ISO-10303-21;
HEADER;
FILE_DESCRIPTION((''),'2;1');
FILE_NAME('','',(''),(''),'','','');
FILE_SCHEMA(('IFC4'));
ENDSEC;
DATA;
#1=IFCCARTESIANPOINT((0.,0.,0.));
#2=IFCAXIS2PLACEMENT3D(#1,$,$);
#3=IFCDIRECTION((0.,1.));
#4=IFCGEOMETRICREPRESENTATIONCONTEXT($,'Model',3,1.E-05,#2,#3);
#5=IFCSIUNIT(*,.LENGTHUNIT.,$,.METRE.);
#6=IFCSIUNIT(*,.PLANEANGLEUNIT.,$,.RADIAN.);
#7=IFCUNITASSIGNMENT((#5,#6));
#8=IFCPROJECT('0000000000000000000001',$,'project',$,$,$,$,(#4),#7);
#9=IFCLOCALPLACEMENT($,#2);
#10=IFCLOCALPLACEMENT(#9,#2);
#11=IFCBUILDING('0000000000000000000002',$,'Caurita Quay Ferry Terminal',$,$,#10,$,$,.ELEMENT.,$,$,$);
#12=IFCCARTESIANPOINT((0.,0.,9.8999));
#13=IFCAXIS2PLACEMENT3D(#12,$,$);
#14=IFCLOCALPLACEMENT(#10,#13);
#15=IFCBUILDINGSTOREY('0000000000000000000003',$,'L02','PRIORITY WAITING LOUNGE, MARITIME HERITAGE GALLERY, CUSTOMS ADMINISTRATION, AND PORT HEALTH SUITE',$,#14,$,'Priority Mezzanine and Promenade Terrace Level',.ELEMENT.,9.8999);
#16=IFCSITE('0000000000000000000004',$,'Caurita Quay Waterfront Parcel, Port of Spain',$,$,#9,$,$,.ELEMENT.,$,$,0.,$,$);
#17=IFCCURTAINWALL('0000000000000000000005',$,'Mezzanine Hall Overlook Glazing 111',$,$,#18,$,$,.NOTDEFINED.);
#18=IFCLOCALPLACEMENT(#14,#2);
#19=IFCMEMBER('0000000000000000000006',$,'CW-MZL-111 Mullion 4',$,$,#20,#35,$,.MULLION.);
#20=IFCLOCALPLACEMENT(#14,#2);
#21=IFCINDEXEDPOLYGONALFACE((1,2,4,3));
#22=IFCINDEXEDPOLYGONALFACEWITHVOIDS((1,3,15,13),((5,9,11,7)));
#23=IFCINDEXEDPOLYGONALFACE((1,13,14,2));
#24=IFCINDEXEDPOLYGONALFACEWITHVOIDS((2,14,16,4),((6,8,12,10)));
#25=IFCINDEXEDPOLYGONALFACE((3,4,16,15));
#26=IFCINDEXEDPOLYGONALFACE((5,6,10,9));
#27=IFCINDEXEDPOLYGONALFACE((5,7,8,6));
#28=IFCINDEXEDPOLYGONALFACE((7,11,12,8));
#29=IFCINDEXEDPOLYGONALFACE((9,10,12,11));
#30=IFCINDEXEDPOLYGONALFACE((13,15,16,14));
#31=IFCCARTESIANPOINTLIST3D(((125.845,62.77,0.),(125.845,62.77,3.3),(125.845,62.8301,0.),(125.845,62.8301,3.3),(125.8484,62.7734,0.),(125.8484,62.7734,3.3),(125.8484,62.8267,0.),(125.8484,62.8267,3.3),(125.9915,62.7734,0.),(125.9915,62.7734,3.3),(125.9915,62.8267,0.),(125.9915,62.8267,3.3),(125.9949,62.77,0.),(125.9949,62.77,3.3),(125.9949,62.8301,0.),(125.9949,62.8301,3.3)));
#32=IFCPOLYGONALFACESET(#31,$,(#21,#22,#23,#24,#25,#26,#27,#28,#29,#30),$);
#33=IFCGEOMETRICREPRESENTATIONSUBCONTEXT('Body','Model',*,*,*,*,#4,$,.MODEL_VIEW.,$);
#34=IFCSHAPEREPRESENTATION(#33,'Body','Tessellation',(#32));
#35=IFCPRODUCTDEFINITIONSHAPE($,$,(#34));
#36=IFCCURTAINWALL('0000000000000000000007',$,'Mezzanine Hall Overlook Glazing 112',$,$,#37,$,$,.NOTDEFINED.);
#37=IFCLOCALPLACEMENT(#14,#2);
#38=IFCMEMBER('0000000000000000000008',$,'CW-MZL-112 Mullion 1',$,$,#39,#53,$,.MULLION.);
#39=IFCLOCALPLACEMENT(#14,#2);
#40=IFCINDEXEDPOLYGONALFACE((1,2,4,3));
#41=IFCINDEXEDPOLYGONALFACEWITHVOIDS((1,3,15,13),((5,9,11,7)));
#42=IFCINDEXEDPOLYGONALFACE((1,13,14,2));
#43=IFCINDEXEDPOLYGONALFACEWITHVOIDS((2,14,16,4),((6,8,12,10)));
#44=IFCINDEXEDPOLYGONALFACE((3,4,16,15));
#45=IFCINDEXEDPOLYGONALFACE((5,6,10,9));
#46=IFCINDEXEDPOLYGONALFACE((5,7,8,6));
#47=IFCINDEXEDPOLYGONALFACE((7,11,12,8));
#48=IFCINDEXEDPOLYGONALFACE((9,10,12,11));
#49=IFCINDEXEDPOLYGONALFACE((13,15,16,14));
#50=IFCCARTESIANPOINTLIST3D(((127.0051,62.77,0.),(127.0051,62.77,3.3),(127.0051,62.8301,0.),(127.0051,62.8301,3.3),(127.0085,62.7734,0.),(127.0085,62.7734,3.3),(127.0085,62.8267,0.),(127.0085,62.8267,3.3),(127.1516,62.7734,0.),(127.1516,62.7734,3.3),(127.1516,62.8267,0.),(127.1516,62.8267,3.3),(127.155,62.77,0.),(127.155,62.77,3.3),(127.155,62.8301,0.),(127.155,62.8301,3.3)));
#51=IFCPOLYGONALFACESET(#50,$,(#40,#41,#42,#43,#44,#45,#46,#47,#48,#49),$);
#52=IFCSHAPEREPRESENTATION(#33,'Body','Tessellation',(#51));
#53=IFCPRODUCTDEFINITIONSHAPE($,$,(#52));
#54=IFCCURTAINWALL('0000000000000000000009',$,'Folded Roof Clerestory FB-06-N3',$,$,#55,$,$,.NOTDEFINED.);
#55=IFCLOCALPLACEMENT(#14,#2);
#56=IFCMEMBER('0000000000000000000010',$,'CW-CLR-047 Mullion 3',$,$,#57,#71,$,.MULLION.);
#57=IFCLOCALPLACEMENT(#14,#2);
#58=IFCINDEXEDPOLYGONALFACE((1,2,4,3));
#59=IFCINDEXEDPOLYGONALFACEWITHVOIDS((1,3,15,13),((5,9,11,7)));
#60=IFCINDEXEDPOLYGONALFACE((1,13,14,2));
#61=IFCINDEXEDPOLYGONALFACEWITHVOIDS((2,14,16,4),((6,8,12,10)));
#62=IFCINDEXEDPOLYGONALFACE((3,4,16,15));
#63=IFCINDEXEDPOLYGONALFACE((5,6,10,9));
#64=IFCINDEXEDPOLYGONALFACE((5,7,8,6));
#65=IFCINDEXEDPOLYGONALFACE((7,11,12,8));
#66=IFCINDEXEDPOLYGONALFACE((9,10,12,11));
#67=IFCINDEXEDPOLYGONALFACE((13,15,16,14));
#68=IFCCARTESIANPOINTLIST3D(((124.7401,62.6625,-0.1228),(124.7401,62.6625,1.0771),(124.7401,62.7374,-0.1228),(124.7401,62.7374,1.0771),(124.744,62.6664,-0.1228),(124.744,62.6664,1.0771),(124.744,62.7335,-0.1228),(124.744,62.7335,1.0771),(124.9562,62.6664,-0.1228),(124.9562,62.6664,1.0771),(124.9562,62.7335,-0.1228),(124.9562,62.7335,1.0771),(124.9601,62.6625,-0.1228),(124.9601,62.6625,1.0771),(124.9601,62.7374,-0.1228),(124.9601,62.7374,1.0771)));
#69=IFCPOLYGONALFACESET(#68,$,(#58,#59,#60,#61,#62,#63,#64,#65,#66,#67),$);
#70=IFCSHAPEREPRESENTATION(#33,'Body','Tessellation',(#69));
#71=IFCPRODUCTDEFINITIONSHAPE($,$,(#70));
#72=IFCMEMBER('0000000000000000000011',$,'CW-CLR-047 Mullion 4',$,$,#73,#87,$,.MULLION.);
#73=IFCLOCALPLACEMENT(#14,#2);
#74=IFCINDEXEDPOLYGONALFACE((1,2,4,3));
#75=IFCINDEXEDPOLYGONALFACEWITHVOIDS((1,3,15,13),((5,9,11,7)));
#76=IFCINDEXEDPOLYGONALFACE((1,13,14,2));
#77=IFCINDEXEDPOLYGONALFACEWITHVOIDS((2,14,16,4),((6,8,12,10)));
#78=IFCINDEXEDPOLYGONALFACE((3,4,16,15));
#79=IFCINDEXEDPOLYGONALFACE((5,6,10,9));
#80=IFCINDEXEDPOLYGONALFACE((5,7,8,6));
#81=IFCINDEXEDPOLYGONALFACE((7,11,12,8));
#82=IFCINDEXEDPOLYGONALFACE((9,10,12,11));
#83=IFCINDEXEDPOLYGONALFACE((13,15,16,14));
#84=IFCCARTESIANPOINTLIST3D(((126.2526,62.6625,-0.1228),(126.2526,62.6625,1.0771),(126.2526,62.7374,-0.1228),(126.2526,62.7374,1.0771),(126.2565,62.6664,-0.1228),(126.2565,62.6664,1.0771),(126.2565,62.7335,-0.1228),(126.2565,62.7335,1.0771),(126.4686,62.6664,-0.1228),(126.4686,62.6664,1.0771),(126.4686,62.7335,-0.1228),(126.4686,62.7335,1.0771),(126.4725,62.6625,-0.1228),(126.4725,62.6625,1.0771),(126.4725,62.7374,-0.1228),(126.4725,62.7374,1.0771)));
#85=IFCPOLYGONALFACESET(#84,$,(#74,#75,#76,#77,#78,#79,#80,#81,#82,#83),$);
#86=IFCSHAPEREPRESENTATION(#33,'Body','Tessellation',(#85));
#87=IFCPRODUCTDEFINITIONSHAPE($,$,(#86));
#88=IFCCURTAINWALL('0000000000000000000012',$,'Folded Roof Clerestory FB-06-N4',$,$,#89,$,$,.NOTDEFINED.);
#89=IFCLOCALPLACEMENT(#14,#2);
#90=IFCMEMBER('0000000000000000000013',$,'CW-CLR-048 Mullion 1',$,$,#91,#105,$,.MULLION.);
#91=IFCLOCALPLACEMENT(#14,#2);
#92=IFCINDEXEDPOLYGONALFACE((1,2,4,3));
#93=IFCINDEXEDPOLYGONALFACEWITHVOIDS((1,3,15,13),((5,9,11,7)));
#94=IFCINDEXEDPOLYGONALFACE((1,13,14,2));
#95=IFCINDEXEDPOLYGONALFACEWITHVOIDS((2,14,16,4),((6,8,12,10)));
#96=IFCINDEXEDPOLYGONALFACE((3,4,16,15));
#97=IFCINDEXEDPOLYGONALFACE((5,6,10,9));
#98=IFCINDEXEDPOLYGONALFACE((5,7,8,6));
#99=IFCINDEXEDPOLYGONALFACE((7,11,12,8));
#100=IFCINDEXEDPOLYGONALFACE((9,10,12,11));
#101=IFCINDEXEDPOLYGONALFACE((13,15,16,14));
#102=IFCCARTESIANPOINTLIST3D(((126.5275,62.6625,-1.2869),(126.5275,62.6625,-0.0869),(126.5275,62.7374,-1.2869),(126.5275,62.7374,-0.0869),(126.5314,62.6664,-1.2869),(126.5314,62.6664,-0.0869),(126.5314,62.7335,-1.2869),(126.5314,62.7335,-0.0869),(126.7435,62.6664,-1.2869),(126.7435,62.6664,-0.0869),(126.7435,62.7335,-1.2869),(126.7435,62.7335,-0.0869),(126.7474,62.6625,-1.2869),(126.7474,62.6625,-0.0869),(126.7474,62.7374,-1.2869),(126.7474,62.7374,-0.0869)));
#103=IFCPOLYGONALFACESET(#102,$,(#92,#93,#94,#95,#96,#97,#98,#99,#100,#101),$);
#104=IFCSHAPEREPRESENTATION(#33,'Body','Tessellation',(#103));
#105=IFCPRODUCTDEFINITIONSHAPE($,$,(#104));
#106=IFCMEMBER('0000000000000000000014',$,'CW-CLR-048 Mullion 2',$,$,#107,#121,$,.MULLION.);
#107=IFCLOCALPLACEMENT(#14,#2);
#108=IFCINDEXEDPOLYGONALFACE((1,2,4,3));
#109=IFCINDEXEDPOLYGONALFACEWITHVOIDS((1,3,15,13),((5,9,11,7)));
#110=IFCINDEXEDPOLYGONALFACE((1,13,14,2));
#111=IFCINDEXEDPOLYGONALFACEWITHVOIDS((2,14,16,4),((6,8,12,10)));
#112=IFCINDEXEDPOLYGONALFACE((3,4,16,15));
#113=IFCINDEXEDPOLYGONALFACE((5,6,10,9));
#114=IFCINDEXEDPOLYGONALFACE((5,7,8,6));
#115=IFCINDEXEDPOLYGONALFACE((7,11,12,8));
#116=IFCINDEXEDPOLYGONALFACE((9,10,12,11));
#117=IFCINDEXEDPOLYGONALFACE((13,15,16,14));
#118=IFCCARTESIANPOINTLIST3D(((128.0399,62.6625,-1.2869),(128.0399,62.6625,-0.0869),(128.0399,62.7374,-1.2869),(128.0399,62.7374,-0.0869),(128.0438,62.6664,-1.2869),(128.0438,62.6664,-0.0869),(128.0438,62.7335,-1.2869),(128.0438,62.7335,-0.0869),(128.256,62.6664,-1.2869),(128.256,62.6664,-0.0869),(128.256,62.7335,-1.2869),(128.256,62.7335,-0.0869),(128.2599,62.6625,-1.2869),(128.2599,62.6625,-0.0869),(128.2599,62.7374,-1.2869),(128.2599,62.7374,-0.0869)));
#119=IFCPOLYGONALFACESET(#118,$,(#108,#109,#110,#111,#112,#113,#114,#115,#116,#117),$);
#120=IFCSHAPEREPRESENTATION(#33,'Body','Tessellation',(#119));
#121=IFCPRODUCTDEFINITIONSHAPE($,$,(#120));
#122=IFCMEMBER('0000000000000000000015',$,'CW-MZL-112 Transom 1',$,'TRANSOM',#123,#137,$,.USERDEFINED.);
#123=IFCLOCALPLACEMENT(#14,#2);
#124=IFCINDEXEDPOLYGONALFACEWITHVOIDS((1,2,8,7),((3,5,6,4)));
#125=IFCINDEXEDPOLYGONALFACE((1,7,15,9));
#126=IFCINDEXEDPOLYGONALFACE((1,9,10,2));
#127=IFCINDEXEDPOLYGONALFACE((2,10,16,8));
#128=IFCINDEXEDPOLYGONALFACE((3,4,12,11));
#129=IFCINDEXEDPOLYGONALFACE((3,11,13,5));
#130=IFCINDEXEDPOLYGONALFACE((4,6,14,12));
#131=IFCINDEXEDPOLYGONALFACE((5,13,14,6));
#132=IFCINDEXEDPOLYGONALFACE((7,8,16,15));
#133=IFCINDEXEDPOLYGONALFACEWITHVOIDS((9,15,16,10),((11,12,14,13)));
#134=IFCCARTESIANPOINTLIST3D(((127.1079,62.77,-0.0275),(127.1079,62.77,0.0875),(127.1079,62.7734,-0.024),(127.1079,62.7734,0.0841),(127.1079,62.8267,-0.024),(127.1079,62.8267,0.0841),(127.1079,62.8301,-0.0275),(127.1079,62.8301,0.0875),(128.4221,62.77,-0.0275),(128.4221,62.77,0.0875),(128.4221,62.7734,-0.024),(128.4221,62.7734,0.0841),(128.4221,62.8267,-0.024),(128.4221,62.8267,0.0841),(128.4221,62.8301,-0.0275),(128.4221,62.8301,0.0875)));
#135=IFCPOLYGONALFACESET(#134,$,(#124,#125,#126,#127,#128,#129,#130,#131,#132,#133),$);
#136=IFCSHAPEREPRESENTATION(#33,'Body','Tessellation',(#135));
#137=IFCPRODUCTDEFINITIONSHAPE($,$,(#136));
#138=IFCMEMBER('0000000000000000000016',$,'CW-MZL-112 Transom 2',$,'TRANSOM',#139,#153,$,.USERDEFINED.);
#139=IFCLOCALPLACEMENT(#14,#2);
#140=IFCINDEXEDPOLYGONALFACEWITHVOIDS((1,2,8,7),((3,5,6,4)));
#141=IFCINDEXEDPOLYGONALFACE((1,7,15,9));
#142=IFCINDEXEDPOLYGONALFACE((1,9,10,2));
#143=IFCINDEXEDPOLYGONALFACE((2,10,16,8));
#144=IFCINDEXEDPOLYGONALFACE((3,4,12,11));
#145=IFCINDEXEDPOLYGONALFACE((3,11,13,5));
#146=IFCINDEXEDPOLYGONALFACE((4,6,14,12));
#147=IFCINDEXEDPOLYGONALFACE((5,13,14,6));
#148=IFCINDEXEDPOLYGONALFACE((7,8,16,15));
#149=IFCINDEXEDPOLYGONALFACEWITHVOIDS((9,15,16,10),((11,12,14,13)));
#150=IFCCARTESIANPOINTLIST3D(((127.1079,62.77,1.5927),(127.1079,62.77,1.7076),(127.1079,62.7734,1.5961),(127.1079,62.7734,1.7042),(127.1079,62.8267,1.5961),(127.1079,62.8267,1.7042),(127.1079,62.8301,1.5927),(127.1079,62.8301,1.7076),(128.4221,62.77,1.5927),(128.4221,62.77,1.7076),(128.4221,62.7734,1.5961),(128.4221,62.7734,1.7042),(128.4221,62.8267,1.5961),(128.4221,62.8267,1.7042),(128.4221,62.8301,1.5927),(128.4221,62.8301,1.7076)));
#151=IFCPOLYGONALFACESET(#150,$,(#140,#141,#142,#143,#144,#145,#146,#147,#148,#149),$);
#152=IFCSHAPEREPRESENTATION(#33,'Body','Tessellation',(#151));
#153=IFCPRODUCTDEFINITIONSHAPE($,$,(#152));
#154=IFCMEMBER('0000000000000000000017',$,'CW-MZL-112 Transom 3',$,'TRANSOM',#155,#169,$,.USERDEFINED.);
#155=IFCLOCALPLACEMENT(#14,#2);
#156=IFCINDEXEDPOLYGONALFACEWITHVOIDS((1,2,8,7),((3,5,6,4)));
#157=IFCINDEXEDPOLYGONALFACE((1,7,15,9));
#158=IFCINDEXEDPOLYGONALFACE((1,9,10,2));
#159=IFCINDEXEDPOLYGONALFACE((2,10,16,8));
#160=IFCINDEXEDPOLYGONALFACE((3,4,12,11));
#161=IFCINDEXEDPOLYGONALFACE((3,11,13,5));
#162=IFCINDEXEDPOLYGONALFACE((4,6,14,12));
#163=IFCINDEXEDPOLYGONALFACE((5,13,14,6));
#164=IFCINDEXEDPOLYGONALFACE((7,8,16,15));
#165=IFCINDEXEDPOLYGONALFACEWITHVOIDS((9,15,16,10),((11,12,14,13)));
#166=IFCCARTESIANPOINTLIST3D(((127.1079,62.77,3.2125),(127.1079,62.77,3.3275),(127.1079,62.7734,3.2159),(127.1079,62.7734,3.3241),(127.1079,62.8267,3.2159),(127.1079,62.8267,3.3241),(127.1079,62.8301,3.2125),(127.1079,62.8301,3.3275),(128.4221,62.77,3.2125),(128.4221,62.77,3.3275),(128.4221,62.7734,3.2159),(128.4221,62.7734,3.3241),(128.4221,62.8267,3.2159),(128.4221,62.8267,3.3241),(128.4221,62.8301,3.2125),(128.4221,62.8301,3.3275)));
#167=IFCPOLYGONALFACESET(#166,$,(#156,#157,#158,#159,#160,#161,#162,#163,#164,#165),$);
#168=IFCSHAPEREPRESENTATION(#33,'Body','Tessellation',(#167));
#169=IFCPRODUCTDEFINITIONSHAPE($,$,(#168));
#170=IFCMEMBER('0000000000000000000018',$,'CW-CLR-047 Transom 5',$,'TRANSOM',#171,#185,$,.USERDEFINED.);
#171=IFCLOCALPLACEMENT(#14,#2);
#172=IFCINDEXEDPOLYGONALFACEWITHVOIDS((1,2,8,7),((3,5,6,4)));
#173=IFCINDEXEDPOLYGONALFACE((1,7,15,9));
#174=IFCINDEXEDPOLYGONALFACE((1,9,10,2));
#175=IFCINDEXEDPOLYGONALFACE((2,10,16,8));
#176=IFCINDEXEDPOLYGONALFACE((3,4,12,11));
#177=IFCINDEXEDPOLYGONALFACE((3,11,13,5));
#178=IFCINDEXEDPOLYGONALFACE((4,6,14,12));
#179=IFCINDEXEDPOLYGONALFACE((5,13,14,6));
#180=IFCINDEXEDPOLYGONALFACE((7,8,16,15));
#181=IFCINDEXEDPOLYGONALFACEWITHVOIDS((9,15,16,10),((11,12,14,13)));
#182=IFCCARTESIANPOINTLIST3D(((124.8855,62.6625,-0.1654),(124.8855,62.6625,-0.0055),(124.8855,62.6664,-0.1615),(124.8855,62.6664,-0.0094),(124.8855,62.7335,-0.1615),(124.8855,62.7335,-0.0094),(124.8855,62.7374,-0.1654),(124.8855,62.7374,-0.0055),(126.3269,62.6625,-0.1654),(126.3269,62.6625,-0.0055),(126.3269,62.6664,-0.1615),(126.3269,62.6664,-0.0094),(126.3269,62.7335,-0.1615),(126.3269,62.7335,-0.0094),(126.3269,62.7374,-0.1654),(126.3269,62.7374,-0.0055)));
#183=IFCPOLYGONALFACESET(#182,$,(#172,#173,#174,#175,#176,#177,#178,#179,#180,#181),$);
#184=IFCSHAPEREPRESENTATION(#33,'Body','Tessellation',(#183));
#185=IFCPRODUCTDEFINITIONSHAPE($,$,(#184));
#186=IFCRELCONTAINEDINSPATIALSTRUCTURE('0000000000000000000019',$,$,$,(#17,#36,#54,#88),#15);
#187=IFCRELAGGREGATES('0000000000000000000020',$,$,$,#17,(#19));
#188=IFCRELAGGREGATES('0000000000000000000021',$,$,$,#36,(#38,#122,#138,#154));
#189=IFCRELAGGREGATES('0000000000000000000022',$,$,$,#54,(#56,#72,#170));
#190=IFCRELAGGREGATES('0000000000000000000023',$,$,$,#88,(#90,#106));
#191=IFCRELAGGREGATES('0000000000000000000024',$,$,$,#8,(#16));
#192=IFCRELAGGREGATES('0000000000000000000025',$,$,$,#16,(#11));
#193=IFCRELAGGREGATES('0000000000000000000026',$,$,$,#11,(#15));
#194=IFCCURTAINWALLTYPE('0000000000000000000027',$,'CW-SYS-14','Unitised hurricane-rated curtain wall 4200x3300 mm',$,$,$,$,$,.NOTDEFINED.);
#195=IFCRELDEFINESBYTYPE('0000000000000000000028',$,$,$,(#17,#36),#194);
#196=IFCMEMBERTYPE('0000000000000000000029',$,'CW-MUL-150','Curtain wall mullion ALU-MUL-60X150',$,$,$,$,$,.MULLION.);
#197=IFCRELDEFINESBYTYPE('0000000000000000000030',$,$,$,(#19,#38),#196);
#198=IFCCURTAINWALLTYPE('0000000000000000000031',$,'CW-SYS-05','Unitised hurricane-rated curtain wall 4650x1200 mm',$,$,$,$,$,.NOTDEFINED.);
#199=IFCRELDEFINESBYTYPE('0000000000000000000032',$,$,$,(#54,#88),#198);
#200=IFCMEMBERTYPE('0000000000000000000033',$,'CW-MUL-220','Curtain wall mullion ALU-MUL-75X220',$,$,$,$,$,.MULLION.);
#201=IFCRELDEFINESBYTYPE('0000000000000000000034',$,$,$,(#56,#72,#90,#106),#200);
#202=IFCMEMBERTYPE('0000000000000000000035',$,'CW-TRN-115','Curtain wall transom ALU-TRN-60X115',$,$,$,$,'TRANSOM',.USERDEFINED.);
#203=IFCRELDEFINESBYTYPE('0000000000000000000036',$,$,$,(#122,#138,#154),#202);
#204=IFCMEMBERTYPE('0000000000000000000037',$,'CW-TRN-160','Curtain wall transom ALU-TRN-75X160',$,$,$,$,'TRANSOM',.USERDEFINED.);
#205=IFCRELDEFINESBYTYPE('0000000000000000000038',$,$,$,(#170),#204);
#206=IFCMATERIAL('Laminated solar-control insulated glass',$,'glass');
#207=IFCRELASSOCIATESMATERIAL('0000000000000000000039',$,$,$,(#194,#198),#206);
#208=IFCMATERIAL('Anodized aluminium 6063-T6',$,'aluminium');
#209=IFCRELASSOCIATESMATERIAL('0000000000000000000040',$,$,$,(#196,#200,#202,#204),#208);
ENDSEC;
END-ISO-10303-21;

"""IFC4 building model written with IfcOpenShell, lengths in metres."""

from ifc_helpers import new_model, si_unit, direction, frame, origin, origin_2d, place, context, subcontext, project, spatial, hollow_rectangle, extrude, material, material_profile, profile_set, type_object, element, aggregate, save


model = new_model("IFC4")

# Units and contexts
model_context = context("Model", 3, precision=1e-05, world=origin(), true_north=direction((0.0, 1.0)))
body_context = subcontext(model_context, "Body", "Model", "MODEL_VIEW")
ifc_project = project(units=[si_unit("LENGTHUNIT", "METRE"), si_unit("PLANEANGLEUNIT", "RADIAN")], contexts=[model_context])

# Site, building, storey
site_placement = place(None, origin())
site = spatial("IfcSite", under=ifc_project, at=site_placement, Name="Caurita Quay Waterfront Parcel, Port of Spain", CompositionType="ELEMENT", RefElevation=0.0)
building_placement = place(site_placement, origin())
building = spatial("IfcBuilding", under=site, at=building_placement, Name="Caurita Quay Ferry Terminal", CompositionType="ELEMENT")
storey_placement = place(building_placement, frame((0.0, 0.0, 9.8999)))
storey = spatial("IfcBuildingStorey", under=building, at=storey_placement, Name="L02", Description="PRIORITY WAITING LOUNGE, MARITIME HERITAGE GALLERY, CUSTOMS ADMINISTRATION, AND PORT HEALTH SUITE", LongName="Priority Mezzanine and Promenade Terrace Level", CompositionType="ELEMENT", Elevation=9.8999)

# Curtain walls, members
ifc_material_1 = material(Name="Laminated solar-control insulated glass", Category="glass")
curtain_wall_type_1 = type_object("IfcCurtainWallType", Name="CW-SYS-14", Description="Unitised hurricane-rated curtain wall 4200x3300 mm", PredefinedType="NOTDEFINED", material=ifc_material_1)
curtain_wall_1_placement = place(storey_placement, origin())
curtain_wall_1 = element("IfcCurtainWall", 1, at=curtain_wall_1_placement, inside=storey, type_object=curtain_wall_type_1, Name="Mezzanine Hall Overlook Glazing 111", PredefinedType="NOTDEFINED")
ifc_material_2 = material(Name="Anodized aluminium 6063-T6", Category="aluminium")
ifc_material_profile_1 = material_profile(ifc_material_2, hollow_rectangle(XDim=0.0601, YDim=0.1499, WallThickness=0.0034, at=origin_2d()), Name="ALU-MUL-60X150")
ifc_profile_set_1 = profile_set([ifc_material_profile_1], Name="Anodized aluminium 6063-T6")
member_type_1 = type_object("IfcMemberType", Name="CW-MUL-150", Description="Curtain wall mullion ALU-MUL-60X150", PredefinedType="MULLION", material=ifc_profile_set_1)
member_1_placement = place(storey_placement, frame((125.9199, 62.8, 0.0), z_axis=(0.0, 0.0, 1.0), x_axis=(0.0, 1.0, 0.0)))
member_1 = element("IfcMember", 2, at=member_1_placement, type_object=member_type_1, Name="CW-MZL-111 Mullion 4", PredefinedType="MULLION", context=body_context, shape_type="SweptSolid", body=[
    extrude(hollow_rectangle(XDim=0.0601, YDim=0.1499, WallThickness=0.0034, at=origin_2d()), origin(), (0.0, 0.0, 1.0), 3.3),
])
curtain_wall_2_placement = place(storey_placement, origin())
curtain_wall_2 = element("IfcCurtainWall", 3, at=curtain_wall_2_placement, inside=storey, type_object=curtain_wall_type_1, Name="Mezzanine Hall Overlook Glazing 112", PredefinedType="NOTDEFINED")
member_2_placement = place(storey_placement, frame((127.0801, 62.8, 0.0), z_axis=(0.0, 0.0, 1.0), x_axis=(0.0, 1.0, 0.0)))
member_2 = element("IfcMember", 4, at=member_2_placement, type_object=member_type_1, Name="CW-MZL-112 Mullion 1", PredefinedType="MULLION", context=body_context, shape_type="SweptSolid", body=[
    extrude(hollow_rectangle(XDim=0.0601, YDim=0.1499, WallThickness=0.0034, at=origin_2d()), origin(), (0.0, 0.0, 1.0), 3.3),
])

# Curtain walls, members
curtain_wall_type_2 = type_object("IfcCurtainWallType", Name="CW-SYS-05", Description="Unitised hurricane-rated curtain wall 4650x1200 mm", PredefinedType="NOTDEFINED", material=ifc_material_1)
curtain_wall_3_placement = place(storey_placement, origin())
curtain_wall_3 = element("IfcCurtainWall", 5, at=curtain_wall_3_placement, inside=storey, type_object=curtain_wall_type_2, Name="Folded Roof Clerestory FB-06-N3", PredefinedType="NOTDEFINED")
ifc_material_profile_2 = material_profile(ifc_material_2, hollow_rectangle(XDim=0.075, YDim=0.22, WallThickness=0.0039, at=origin_2d()), Name="ALU-MUL-75X220")
ifc_profile_set_2 = profile_set([ifc_material_profile_2], Name="Anodized aluminium 6063-T6")
member_type_2 = type_object("IfcMemberType", Name="CW-MUL-220", Description="Curtain wall mullion ALU-MUL-75X220", PredefinedType="MULLION", material=ifc_profile_set_2)
member_3_placement = place(storey_placement, frame((124.8501, 62.7, -0.1228), z_axis=(0.0, 0.0, 1.0), x_axis=(0.0, 1.0, 0.0)))
member_3 = element("IfcMember", 6, at=member_3_placement, type_object=member_type_2, Name="CW-CLR-047 Mullion 3", PredefinedType="MULLION", context=body_context, shape_type="SweptSolid", body=[
    extrude(hollow_rectangle(XDim=0.075, YDim=0.22, WallThickness=0.0039, at=origin_2d()), origin(), (0.0, 0.0, 1.0), 1.2),
])
member_4_placement = place(storey_placement, frame((126.3625, 62.7, -0.1228), z_axis=(0.0, 0.0, 1.0), x_axis=(0.0, 1.0, 0.0)))
member_4 = element("IfcMember", 7, at=member_4_placement, type_object=member_type_2, Name="CW-CLR-047 Mullion 4", PredefinedType="MULLION", context=body_context, shape_type="SweptSolid", body=[
    extrude(hollow_rectangle(XDim=0.075, YDim=0.22, WallThickness=0.0039, at=origin_2d()), origin(), (0.0, 0.0, 1.0), 1.2),
])
curtain_wall_4_placement = place(storey_placement, origin())
curtain_wall_4 = element("IfcCurtainWall", 8, at=curtain_wall_4_placement, inside=storey, type_object=curtain_wall_type_2, Name="Folded Roof Clerestory FB-06-N4", PredefinedType="NOTDEFINED")
member_5_placement = place(storey_placement, frame((126.6375, 62.7, -1.2869), z_axis=(0.0, 0.0, 1.0), x_axis=(0.0, 1.0, 0.0)))
member_5 = element("IfcMember", 9, at=member_5_placement, type_object=member_type_2, Name="CW-CLR-048 Mullion 1", PredefinedType="MULLION", context=body_context, shape_type="SweptSolid", body=[
    extrude(hollow_rectangle(XDim=0.075, YDim=0.22, WallThickness=0.0039, at=origin_2d()), origin(), (0.0, 0.0, 1.0), 1.2),
])
member_6_placement = place(storey_placement, frame((128.1499, 62.7, -1.2869), z_axis=(0.0, 0.0, 1.0), x_axis=(0.0, 1.0, 0.0)))
member_6 = element("IfcMember", 10, at=member_6_placement, type_object=member_type_2, Name="CW-CLR-048 Mullion 2", PredefinedType="MULLION", context=body_context, shape_type="SweptSolid", body=[
    extrude(hollow_rectangle(XDim=0.075, YDim=0.22, WallThickness=0.0039, at=origin_2d()), origin(), (0.0, 0.0, 1.0), 1.2),
])

# Members
ifc_material_profile_3 = material_profile(ifc_material_2, hollow_rectangle(XDim=0.0601, YDim=0.115, WallThickness=0.0034, at=origin_2d()), Name="ALU-TRN-60X115")
ifc_profile_set_3 = profile_set([ifc_material_profile_3], Name="Anodized aluminium 6063-T6")
member_type_3 = type_object("IfcMemberType", Name="CW-TRN-115", Description="Curtain wall transom ALU-TRN-60X115", ElementType="TRANSOM", PredefinedType="USERDEFINED", material=ifc_profile_set_3)
member_7_placement = place(storey_placement, frame((127.1079, 62.8, 0.03), z_axis=(1.0, 0.0, 0.0), x_axis=(0.0, 1.0, 0.0)))
member_7 = element("IfcMember", 11, at=member_7_placement, type_object=member_type_3, Name="CW-MZL-112 Transom 1", ObjectType="TRANSOM", PredefinedType="USERDEFINED", context=body_context, shape_type="SweptSolid", body=[
    extrude(hollow_rectangle(XDim=0.0601, YDim=0.115, WallThickness=0.0034, at=origin_2d()), origin(), (0.0, 0.0, 1.0), 1.3142),
])
member_8_placement = place(storey_placement, frame((127.1079, 62.8, 1.6501), z_axis=(1.0, 0.0, 0.0), x_axis=(0.0, 1.0, 0.0)))
member_8 = element("IfcMember", 12, at=member_8_placement, type_object=member_type_3, Name="CW-MZL-112 Transom 2", ObjectType="TRANSOM", PredefinedType="USERDEFINED", context=body_context, shape_type="SweptSolid", body=[
    extrude(hollow_rectangle(XDim=0.0601, YDim=0.115, WallThickness=0.0034, at=origin_2d()), origin(), (0.0, 0.0, 1.0), 1.3142),
])
member_9_placement = place(storey_placement, frame((127.1079, 62.8, 3.27), z_axis=(1.0, 0.0, 0.0), x_axis=(0.0, 1.0, 0.0)))
member_9 = element("IfcMember", 13, at=member_9_placement, type_object=member_type_3, Name="CW-MZL-112 Transom 3", ObjectType="TRANSOM", PredefinedType="USERDEFINED", context=body_context, shape_type="SweptSolid", body=[
    extrude(hollow_rectangle(XDim=0.0601, YDim=0.115, WallThickness=0.0034, at=origin_2d()), origin(), (0.0, 0.0, 1.0), 1.3142),
])
ifc_material_profile_4 = material_profile(ifc_material_2, hollow_rectangle(XDim=0.075, YDim=0.1599, WallThickness=0.0039, at=origin_2d()), Name="ALU-TRN-75X160")
ifc_profile_set_4 = profile_set([ifc_material_profile_4], Name="Anodized aluminium 6063-T6")
member_type_4 = type_object("IfcMemberType", Name="CW-TRN-160", Description="Curtain wall transom ALU-TRN-75X160", ElementType="TRANSOM", PredefinedType="USERDEFINED", material=ifc_profile_set_4)
member_10_placement = place(storey_placement, frame((124.8855, 62.7, -0.0854), z_axis=(1.0, 0.0, 0.0), x_axis=(0.0, 1.0, 0.0)))
member_10 = element("IfcMember", 14, at=member_10_placement, type_object=member_type_4, Name="CW-CLR-047 Transom 5", ObjectType="TRANSOM", PredefinedType="USERDEFINED", context=body_context, shape_type="SweptSolid", body=[
    extrude(hollow_rectangle(XDim=0.075, YDim=0.1599, WallThickness=0.0039, at=origin_2d()), origin(), (0.0, 0.0, 1.0), 1.4414),
])

aggregate(curtain_wall_1, [member_1])
aggregate(curtain_wall_2, [member_2, member_7, member_8, member_9])
aggregate(curtain_wall_3, [member_3, member_4, member_10])
aggregate(curtain_wall_4, [member_5, member_6])

save(model, "model.ifc")
